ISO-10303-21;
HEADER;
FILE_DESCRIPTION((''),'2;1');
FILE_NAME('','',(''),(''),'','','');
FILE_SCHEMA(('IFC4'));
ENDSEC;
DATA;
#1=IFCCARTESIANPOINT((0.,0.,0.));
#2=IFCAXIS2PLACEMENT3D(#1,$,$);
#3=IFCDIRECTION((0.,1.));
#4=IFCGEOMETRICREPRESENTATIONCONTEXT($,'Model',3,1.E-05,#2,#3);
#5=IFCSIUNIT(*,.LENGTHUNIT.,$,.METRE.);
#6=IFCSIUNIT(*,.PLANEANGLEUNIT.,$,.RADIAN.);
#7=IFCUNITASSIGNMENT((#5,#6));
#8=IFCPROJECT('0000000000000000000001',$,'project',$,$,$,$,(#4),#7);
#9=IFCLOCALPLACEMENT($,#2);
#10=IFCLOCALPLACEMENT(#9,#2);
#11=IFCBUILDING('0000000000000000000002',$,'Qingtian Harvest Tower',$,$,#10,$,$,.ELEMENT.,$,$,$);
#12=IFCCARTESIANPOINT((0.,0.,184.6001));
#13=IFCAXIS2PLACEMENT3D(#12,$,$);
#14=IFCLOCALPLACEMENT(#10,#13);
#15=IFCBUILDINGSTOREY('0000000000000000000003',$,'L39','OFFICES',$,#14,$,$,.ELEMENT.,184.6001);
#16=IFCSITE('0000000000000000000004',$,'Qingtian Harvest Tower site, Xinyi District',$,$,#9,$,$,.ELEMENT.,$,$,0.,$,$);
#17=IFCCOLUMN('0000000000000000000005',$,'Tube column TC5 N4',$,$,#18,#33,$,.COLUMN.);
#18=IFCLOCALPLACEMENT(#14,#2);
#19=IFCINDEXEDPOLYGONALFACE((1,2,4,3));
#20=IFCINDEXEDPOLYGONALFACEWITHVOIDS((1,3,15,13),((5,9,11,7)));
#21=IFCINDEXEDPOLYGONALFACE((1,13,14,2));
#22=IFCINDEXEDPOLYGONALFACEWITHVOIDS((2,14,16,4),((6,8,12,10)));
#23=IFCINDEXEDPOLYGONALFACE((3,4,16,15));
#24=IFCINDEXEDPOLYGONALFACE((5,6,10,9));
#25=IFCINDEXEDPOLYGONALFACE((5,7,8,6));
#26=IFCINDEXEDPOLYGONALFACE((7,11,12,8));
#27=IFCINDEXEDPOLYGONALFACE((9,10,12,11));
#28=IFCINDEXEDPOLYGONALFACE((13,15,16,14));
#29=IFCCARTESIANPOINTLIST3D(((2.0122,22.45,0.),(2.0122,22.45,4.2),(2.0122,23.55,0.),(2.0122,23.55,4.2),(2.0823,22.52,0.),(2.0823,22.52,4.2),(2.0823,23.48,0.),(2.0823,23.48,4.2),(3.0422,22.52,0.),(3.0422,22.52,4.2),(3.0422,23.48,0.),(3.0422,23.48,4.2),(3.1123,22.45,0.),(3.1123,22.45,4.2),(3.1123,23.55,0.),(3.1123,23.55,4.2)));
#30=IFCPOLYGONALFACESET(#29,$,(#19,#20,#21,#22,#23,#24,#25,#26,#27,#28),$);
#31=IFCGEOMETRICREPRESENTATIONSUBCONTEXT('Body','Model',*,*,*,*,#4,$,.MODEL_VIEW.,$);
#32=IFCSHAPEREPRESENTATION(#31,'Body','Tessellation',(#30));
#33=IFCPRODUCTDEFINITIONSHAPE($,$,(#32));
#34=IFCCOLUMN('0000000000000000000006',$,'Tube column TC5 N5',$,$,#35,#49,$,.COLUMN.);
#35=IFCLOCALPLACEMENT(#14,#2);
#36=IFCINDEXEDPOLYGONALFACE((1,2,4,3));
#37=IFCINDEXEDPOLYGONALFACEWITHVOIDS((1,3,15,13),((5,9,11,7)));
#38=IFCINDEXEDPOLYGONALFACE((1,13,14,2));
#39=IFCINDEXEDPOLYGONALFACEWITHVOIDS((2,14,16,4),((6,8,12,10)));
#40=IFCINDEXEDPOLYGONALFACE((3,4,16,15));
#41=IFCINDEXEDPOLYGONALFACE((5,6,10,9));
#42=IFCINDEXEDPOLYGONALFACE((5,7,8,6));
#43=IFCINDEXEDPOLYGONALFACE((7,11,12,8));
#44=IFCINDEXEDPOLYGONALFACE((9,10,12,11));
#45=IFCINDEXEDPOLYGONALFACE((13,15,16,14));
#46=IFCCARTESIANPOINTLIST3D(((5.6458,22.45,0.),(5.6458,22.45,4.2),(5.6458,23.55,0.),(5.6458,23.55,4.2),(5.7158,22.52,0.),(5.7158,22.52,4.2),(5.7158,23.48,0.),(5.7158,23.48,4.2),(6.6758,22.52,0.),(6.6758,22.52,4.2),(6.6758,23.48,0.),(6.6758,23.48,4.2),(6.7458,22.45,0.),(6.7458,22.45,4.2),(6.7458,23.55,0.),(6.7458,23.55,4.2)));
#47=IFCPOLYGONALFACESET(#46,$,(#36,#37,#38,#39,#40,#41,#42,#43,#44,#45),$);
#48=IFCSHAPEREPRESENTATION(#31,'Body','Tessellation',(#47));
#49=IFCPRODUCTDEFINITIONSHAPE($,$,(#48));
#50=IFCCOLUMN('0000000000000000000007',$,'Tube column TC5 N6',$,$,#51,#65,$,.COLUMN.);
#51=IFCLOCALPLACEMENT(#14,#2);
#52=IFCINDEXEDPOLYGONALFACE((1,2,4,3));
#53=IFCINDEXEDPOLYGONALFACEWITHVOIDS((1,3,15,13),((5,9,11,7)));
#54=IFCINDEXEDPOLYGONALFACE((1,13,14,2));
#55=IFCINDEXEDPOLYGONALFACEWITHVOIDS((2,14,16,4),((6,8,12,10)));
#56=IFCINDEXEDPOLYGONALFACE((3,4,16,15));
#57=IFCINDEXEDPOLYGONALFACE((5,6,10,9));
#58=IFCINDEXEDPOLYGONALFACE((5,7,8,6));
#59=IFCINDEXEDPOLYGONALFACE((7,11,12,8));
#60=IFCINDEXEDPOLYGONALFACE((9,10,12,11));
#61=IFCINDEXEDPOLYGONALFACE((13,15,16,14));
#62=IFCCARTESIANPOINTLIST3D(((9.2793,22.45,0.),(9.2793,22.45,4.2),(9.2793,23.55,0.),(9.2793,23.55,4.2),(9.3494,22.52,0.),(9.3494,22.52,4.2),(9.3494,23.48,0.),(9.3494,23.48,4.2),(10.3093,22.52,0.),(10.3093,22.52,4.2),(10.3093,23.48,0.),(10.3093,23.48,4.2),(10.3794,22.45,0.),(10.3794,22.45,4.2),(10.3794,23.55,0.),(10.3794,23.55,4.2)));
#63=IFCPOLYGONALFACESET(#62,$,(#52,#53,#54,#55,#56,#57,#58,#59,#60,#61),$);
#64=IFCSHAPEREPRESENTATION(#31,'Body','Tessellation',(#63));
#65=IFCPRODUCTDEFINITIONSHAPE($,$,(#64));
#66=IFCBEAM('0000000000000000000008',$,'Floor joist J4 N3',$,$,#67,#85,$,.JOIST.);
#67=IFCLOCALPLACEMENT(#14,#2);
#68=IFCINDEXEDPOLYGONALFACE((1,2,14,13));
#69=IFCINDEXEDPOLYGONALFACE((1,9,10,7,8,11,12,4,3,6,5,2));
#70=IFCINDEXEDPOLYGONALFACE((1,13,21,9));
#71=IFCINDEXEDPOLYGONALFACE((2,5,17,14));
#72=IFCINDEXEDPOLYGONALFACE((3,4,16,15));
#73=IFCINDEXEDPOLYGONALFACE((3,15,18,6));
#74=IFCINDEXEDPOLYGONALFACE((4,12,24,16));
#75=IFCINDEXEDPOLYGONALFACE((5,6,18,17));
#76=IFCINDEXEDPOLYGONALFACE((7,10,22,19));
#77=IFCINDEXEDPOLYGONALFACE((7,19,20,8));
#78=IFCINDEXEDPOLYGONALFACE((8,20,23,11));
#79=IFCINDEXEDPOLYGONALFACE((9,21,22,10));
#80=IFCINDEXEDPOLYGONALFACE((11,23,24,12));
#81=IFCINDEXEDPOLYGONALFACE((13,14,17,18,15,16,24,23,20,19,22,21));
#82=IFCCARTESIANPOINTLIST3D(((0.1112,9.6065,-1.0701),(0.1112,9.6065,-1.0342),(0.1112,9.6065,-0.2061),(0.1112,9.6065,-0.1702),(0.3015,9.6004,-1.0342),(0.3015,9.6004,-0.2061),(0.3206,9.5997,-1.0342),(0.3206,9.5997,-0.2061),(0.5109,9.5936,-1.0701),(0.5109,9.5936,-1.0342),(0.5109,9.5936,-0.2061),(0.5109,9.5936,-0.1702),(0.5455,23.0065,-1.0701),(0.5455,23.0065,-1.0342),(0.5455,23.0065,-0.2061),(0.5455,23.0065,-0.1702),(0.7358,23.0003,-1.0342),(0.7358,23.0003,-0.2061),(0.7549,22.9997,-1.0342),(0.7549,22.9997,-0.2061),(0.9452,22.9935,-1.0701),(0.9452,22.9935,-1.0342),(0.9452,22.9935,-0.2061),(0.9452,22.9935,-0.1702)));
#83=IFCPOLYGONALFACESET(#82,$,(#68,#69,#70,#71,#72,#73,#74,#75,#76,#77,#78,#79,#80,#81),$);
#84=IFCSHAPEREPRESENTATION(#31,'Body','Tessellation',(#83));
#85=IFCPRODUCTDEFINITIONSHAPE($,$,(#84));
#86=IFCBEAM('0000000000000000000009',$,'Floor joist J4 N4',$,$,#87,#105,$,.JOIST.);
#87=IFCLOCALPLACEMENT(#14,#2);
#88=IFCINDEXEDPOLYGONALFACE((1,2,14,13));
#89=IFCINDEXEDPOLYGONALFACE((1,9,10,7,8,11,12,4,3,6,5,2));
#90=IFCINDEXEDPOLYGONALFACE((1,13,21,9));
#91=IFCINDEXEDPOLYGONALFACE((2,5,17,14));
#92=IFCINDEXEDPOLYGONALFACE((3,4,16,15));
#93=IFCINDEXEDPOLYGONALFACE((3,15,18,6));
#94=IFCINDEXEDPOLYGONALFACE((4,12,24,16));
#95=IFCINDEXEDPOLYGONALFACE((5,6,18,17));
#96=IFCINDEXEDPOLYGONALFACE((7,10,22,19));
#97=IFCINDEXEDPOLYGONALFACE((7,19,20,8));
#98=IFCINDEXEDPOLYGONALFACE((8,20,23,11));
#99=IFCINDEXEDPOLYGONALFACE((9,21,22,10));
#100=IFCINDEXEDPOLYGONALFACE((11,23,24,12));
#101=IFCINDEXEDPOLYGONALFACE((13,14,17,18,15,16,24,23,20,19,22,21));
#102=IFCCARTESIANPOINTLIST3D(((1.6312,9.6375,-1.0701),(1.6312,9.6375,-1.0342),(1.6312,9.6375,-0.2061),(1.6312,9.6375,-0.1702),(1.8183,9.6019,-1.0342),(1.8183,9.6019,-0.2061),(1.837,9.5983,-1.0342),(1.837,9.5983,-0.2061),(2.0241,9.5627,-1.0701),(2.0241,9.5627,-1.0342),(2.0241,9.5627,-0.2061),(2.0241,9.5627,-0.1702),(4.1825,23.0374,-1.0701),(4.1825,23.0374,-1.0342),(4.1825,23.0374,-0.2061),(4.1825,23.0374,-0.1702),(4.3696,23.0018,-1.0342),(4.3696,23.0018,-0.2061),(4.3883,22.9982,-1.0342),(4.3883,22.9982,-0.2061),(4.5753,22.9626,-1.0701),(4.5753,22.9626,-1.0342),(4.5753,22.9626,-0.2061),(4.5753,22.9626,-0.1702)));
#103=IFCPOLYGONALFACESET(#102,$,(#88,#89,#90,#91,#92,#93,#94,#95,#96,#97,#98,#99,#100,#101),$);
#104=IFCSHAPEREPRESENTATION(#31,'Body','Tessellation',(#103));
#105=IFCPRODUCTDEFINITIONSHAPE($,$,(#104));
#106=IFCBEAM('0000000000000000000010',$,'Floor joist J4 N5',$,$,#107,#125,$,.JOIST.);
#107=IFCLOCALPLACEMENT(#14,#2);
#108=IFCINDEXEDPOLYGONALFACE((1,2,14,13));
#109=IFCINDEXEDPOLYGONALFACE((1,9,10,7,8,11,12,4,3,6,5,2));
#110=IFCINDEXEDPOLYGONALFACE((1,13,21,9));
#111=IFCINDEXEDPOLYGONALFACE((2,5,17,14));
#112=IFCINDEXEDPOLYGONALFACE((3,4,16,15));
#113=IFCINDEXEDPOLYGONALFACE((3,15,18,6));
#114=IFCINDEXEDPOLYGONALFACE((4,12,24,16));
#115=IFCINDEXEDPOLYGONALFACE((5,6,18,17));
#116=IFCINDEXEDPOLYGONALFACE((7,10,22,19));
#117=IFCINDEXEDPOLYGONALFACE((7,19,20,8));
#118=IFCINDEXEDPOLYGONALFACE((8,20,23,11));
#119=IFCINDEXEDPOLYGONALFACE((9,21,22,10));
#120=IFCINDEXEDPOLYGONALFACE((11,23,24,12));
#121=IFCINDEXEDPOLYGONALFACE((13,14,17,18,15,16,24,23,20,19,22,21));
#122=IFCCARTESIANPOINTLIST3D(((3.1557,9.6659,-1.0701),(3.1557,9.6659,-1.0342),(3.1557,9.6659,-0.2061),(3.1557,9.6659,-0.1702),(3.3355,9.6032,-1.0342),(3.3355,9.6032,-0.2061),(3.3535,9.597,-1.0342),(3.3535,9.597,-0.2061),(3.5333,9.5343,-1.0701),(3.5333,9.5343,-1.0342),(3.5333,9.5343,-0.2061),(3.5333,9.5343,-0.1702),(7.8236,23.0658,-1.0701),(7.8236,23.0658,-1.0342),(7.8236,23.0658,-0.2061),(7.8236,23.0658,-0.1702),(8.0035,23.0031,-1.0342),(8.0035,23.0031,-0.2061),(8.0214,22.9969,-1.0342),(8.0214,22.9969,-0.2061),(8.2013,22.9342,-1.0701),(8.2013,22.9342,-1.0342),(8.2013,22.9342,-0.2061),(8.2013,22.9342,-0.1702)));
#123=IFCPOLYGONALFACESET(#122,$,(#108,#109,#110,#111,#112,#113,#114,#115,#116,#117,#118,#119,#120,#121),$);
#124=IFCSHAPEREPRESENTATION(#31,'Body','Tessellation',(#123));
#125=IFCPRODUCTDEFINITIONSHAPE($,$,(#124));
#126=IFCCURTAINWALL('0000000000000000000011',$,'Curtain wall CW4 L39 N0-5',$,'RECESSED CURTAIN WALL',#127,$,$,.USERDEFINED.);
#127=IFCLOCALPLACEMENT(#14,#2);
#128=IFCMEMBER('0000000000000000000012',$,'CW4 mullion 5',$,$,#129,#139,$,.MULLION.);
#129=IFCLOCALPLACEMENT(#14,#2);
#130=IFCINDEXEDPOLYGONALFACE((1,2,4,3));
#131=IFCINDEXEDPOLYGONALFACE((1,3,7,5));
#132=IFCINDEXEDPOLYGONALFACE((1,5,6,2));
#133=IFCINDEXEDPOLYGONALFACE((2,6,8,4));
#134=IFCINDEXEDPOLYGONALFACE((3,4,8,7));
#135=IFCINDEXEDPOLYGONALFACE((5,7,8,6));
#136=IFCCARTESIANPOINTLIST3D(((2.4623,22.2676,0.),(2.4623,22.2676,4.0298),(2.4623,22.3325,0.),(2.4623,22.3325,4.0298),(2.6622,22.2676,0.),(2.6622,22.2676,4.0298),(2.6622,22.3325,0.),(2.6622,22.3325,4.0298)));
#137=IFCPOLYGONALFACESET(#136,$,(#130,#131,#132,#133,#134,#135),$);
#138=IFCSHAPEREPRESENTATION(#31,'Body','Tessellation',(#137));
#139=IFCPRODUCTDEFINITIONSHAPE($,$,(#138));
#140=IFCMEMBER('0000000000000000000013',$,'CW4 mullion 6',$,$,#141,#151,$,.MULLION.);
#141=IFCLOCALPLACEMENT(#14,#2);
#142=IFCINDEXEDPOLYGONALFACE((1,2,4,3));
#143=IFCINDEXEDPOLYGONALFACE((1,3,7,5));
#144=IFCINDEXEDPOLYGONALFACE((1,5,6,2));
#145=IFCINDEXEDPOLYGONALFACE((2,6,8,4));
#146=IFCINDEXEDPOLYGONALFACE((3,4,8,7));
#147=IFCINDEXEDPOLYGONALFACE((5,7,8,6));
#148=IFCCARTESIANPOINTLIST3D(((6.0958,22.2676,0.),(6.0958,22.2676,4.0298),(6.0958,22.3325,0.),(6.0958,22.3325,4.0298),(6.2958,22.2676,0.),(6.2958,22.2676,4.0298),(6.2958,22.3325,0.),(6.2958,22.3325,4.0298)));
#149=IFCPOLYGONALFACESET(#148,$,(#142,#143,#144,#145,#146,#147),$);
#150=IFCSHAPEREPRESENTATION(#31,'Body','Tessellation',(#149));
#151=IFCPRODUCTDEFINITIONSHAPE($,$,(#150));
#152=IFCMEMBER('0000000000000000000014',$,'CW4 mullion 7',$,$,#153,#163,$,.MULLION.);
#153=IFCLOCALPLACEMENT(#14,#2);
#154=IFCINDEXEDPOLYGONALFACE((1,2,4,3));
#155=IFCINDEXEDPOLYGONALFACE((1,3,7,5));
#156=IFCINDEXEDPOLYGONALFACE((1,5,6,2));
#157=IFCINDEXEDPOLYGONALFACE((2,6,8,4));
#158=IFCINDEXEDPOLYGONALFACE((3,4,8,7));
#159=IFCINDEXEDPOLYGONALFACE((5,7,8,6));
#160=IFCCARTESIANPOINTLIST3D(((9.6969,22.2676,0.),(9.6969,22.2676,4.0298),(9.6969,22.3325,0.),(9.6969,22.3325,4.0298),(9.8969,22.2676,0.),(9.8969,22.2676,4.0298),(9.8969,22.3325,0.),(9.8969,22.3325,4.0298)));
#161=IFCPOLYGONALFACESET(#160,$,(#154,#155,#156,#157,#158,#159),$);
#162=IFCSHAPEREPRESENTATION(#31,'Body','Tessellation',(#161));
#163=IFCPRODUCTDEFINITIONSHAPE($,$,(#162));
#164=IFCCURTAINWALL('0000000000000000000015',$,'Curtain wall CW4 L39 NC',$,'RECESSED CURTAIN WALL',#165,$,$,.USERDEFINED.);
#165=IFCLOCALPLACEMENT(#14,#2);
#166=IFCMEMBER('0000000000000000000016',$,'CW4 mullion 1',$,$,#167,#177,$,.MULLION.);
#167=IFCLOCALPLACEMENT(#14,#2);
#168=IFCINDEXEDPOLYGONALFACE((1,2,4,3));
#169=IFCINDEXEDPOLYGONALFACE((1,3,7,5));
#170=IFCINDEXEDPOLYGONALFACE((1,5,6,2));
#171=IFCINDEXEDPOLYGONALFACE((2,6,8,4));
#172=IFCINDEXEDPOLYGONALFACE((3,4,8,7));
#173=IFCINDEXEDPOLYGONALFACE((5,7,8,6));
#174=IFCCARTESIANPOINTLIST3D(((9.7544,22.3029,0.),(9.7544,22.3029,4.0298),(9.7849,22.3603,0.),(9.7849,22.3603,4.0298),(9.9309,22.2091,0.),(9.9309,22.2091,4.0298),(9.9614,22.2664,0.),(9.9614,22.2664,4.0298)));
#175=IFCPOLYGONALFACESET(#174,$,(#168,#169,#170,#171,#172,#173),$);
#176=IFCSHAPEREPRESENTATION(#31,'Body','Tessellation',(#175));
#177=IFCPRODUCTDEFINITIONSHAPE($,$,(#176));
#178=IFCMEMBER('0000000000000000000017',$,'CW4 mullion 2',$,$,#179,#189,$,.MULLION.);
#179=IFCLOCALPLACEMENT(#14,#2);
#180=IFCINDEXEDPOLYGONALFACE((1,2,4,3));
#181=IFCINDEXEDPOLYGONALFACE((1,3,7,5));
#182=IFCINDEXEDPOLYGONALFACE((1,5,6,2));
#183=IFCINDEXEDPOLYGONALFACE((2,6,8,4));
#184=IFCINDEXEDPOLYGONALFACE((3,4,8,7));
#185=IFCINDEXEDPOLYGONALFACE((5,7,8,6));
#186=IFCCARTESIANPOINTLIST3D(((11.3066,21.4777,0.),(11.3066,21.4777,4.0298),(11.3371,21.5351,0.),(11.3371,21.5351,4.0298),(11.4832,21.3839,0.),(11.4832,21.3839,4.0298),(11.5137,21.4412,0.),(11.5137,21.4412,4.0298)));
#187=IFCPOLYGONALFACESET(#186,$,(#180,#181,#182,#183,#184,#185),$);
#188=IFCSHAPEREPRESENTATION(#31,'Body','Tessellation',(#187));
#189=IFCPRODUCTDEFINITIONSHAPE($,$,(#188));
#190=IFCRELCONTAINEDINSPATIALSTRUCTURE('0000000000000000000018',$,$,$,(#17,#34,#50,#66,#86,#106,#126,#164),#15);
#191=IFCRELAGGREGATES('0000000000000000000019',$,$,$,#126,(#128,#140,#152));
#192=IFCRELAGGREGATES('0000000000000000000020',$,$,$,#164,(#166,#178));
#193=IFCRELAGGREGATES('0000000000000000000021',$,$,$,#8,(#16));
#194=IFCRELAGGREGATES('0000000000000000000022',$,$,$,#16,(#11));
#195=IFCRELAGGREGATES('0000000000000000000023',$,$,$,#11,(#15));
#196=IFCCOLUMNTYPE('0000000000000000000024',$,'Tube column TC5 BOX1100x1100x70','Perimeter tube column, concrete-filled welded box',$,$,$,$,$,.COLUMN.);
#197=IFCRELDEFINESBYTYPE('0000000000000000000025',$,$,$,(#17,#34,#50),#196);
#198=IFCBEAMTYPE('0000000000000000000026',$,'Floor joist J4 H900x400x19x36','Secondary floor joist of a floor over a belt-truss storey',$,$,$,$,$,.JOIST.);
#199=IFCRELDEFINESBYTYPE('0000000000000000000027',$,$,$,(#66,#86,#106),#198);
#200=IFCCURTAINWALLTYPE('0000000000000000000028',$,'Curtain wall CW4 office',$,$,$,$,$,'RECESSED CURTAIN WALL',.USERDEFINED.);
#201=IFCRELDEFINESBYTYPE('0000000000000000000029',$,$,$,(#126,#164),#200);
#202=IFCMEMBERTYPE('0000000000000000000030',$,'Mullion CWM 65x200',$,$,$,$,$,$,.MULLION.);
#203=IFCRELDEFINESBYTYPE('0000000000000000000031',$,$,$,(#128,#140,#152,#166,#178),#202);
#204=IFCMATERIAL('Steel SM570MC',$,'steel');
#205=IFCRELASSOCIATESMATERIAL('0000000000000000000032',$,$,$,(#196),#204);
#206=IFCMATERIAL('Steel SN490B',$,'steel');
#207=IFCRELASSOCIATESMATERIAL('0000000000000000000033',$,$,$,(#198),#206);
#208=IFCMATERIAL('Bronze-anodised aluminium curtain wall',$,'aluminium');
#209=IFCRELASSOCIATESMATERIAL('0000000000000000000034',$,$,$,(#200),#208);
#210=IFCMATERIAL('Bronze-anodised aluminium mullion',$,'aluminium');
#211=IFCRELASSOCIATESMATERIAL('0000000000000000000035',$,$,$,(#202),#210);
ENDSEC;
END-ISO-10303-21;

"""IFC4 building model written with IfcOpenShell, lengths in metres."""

from ifc_helpers import new_model, si_unit, direction, frame, origin, origin_2d, place, context, subcontext, project, spatial, rectangle, hollow_rectangle, i_section, extrude, material, material_profile, profile_set, type_object, element, aggregate, save


model = new_model("IFC4")

# Units and contexts
model_context = context("Model", 3, precision=1e-05, world=origin(), true_north=direction((0.0, 1.0)))
body_context = subcontext(model_context, "Body", "Model", "MODEL_VIEW")
ifc_project = project(units=[si_unit("LENGTHUNIT", "METRE"), si_unit("PLANEANGLEUNIT", "RADIAN")], contexts=[model_context])

# Site, building, storey
site_placement = place(None, origin())
site = spatial("IfcSite", under=ifc_project, at=site_placement, Name="Qingtian Harvest Tower site, Xinyi District", CompositionType="ELEMENT", RefElevation=0.0)
building_placement = place(site_placement, origin())
building = spatial("IfcBuilding", under=site, at=building_placement, Name="Qingtian Harvest Tower", CompositionType="ELEMENT")
storey_placement = place(building_placement, frame((0.0, 0.0, 184.6001)))
storey = spatial("IfcBuildingStorey", under=building, at=storey_placement, Name="L39", Description="OFFICES", CompositionType="ELEMENT", Elevation=184.6001)

# Columns
ifc_material_1 = material(Name="Steel SM570MC", Category="steel")
ifc_material_profile_1 = material_profile(ifc_material_1, hollow_rectangle(XDim=1.1001, YDim=1.1001, WallThickness=0.0701, at=origin_2d()), Name="BOX1100x1100x70")
ifc_profile_set_1 = profile_set([ifc_material_profile_1], Name="Steel SM570MC")
column_type = type_object("IfcColumnType", Name="Tube column TC5 BOX1100x1100x70", Description="Perimeter tube column, concrete-filled welded box", PredefinedType="COLUMN", material=ifc_profile_set_1)
for number, where, z_axis, x_axis, name in (
    (1, (2.5623, 23.0, 0.0), (0.0, 0.0, 1.0), (-1.0, 0.0, 0.0), "Tube column TC5 N4"),
    (2, (6.1958, 23.0, 0.0), (0.0, 0.0, 1.0), (-1.0, 0.0, 0.0), "Tube column TC5 N5"),
    (3, (9.8293, 23.0, 0.0), (0.0, 0.0, 1.0), (-1.0, 0.0, 0.0), "Tube column TC5 N6"),
):
    element("IfcColumn", number, at=place(storey_placement, frame(where, z_axis=z_axis, x_axis=x_axis)), inside=storey, type_object=column_type, Name=name, PredefinedType="COLUMN", context=body_context, shape_type="SweptSolid", body=[
        extrude(hollow_rectangle(XDim=1.1001, YDim=1.1001, WallThickness=0.0701, at=origin_2d()), origin(), (0.0, 0.0, 1.0), 4.2),
    ])

# Beams
ifc_material_2 = material(Name="Steel SN490B", Category="steel")
ifc_material_profile_2 = material_profile(ifc_material_2, i_section(OverallWidth=0.3999, OverallDepth=0.8999, WebThickness=0.019, FlangeThickness=0.0359, at=origin_2d()), Name="H900x400x19x36")
ifc_profile_set_2 = profile_set([ifc_material_profile_2], Name="Steel SN490B")
beam_type_1 = type_object("IfcBeamType", Name="Floor joist J4 H900x400x19x36", Description="Secondary floor joist of a floor over a belt-truss storey", PredefinedType="JOIST", material=ifc_profile_set_2)
beam_1_placement = place(storey_placement, frame((0.7454, 23.0, -0.6201), z_axis=(-0.032396, -0.999475, 0.0), x_axis=(0.999475, -0.032396, 0.0)))
element("IfcBeam", 4, at=beam_1_placement, inside=storey, type_object=beam_type_1, Name="Floor joist J4 N3", PredefinedType="JOIST", context=body_context, shape_type="SweptSolid", body=[
    extrude(i_section(OverallWidth=0.3999, OverallDepth=0.8999, WebThickness=0.019, FlangeThickness=0.0359, at=origin_2d()), origin(), (0.0, 0.0, 1.0), 13.407),
])
beam_2_placement = place(storey_placement, frame((4.3789, 23.0, -0.6201), z_axis=(-0.187035, -0.982353, 0.0), x_axis=(0.982353, -0.187035, 0.0)))
element("IfcBeam", 5, at=beam_2_placement, inside=storey, type_object=beam_type_1, Name="Floor joist J4 N4", PredefinedType="JOIST", context=body_context, shape_type="SweptSolid", body=[
    extrude(i_section(OverallWidth=0.3999, OverallDepth=0.8999, WebThickness=0.019, FlangeThickness=0.0359, at=origin_2d()), origin(), (0.0, 0.0, 1.0), 13.6406),
])
beam_3_placement = place(storey_placement, frame((8.0125, 23.0, -0.6201), z_axis=(-0.328969, -0.944341, 0.0), x_axis=(0.944341, -0.328969, 0.0)))
element("IfcBeam", 6, at=beam_3_placement, inside=storey, type_object=beam_type_1, Name="Floor joist J4 N5", PredefinedType="JOIST", context=body_context, shape_type="SweptSolid", body=[
    extrude(i_section(OverallWidth=0.3999, OverallDepth=0.8999, WebThickness=0.019, FlangeThickness=0.0359, at=origin_2d()), origin(), (0.0, 0.0, 1.0), 14.1897),
])

# Curtain walls, members
ifc_material_3 = material(Name="Bronze-anodised aluminium curtain wall", Category="aluminium")
curtain_wall_type = type_object("IfcCurtainWallType", Name="Curtain wall CW4 office", ElementType="RECESSED CURTAIN WALL", PredefinedType="USERDEFINED", material=ifc_material_3)
curtain_wall_1_placement = place(storey_placement, origin())
curtain_wall_1 = element("IfcCurtainWall", 7, at=curtain_wall_1_placement, inside=storey, type_object=curtain_wall_type, Name="Curtain wall CW4 L39 N0-5", ObjectType="RECESSED CURTAIN WALL", PredefinedType="USERDEFINED")
ifc_material_4 = material(Name="Bronze-anodised aluminium mullion", Category="aluminium")
ifc_material_profile_3 = material_profile(ifc_material_4, rectangle(XDim=0.0649, YDim=0.2, at=origin_2d()), Name="AL 65x200")
ifc_profile_set_3 = profile_set([ifc_material_profile_3], Name="Bronze-anodised aluminium mullion")
member_type_1 = type_object("IfcMemberType", Name="Mullion CWM 65x200", PredefinedType="MULLION", material=ifc_profile_set_3)
member_1_placement = place(storey_placement, frame((2.5623, 22.3, 0.0), z_axis=(0.0, 0.0, 1.0), x_axis=(0.0, 1.0, 0.0)))
member_1 = element("IfcMember", 8, at=member_1_placement, type_object=member_type_1, Name="CW4 mullion 5", PredefinedType="MULLION", context=body_context, shape_type="SweptSolid", body=[
    extrude(rectangle(XDim=0.0649, YDim=0.2, at=origin_2d()), origin(), (0.0, 0.0, 1.0), 4.0298),
])
member_2_placement = place(storey_placement, frame((6.1958, 22.3, 0.0), z_axis=(0.0, 0.0, 1.0), x_axis=(0.0, 1.0, 0.0)))
member_2 = element("IfcMember", 9, at=member_2_placement, type_object=member_type_1, Name="CW4 mullion 6", PredefinedType="MULLION", context=body_context, shape_type="SweptSolid", body=[
    extrude(rectangle(XDim=0.0649, YDim=0.2, at=origin_2d()), origin(), (0.0, 0.0, 1.0), 4.0298),
])
member_3_placement = place(storey_placement, frame((9.7969, 22.3, 0.0), z_axis=(0.0, 0.0, 1.0), x_axis=(0.0, 1.0, 0.0)))
member_3 = element("IfcMember", 10, at=member_3_placement, type_object=member_type_1, Name="CW4 mullion 7", PredefinedType="MULLION", context=body_context, shape_type="SweptSolid", body=[
    extrude(rectangle(XDim=0.0649, YDim=0.2, at=origin_2d()), origin(), (0.0, 0.0, 1.0), 4.0298),
])
curtain_wall_2_placement = place(storey_placement, origin())
curtain_wall_2 = element("IfcCurtainWall", 11, at=curtain_wall_2_placement, inside=storey, type_object=curtain_wall_type, Name="Curtain wall CW4 L39 NC", ObjectType="RECESSED CURTAIN WALL", PredefinedType="USERDEFINED")
member_4_placement = place(storey_placement, frame((9.8579, 22.2847, 0.0), z_axis=(0.0, 0.0, 1.0), x_axis=(0.469472, 0.882948, 0.0)))
member_4 = element("IfcMember", 12, at=member_4_placement, type_object=member_type_1, Name="CW4 mullion 1", PredefinedType="MULLION", context=body_context, shape_type="SweptSolid", body=[
    extrude(rectangle(XDim=0.0649, YDim=0.2, at=origin_2d()), origin(), (0.0, 0.0, 1.0), 4.0298),
])
member_5_placement = place(storey_placement, frame((11.4102, 21.4595, 0.0), z_axis=(0.0, 0.0, 1.0), x_axis=(0.469472, 0.882948, 0.0)))
member_5 = element("IfcMember", 13, at=member_5_placement, type_object=member_type_1, Name="CW4 mullion 2", PredefinedType="MULLION", context=body_context, shape_type="SweptSolid", body=[
    extrude(rectangle(XDim=0.0649, YDim=0.2, at=origin_2d()), origin(), (0.0, 0.0, 1.0), 4.0298),
])

aggregate(curtain_wall_1, [member_1, member_2, member_3])
aggregate(curtain_wall_2, [member_4, member_5])

save(model, "model.ifc")
